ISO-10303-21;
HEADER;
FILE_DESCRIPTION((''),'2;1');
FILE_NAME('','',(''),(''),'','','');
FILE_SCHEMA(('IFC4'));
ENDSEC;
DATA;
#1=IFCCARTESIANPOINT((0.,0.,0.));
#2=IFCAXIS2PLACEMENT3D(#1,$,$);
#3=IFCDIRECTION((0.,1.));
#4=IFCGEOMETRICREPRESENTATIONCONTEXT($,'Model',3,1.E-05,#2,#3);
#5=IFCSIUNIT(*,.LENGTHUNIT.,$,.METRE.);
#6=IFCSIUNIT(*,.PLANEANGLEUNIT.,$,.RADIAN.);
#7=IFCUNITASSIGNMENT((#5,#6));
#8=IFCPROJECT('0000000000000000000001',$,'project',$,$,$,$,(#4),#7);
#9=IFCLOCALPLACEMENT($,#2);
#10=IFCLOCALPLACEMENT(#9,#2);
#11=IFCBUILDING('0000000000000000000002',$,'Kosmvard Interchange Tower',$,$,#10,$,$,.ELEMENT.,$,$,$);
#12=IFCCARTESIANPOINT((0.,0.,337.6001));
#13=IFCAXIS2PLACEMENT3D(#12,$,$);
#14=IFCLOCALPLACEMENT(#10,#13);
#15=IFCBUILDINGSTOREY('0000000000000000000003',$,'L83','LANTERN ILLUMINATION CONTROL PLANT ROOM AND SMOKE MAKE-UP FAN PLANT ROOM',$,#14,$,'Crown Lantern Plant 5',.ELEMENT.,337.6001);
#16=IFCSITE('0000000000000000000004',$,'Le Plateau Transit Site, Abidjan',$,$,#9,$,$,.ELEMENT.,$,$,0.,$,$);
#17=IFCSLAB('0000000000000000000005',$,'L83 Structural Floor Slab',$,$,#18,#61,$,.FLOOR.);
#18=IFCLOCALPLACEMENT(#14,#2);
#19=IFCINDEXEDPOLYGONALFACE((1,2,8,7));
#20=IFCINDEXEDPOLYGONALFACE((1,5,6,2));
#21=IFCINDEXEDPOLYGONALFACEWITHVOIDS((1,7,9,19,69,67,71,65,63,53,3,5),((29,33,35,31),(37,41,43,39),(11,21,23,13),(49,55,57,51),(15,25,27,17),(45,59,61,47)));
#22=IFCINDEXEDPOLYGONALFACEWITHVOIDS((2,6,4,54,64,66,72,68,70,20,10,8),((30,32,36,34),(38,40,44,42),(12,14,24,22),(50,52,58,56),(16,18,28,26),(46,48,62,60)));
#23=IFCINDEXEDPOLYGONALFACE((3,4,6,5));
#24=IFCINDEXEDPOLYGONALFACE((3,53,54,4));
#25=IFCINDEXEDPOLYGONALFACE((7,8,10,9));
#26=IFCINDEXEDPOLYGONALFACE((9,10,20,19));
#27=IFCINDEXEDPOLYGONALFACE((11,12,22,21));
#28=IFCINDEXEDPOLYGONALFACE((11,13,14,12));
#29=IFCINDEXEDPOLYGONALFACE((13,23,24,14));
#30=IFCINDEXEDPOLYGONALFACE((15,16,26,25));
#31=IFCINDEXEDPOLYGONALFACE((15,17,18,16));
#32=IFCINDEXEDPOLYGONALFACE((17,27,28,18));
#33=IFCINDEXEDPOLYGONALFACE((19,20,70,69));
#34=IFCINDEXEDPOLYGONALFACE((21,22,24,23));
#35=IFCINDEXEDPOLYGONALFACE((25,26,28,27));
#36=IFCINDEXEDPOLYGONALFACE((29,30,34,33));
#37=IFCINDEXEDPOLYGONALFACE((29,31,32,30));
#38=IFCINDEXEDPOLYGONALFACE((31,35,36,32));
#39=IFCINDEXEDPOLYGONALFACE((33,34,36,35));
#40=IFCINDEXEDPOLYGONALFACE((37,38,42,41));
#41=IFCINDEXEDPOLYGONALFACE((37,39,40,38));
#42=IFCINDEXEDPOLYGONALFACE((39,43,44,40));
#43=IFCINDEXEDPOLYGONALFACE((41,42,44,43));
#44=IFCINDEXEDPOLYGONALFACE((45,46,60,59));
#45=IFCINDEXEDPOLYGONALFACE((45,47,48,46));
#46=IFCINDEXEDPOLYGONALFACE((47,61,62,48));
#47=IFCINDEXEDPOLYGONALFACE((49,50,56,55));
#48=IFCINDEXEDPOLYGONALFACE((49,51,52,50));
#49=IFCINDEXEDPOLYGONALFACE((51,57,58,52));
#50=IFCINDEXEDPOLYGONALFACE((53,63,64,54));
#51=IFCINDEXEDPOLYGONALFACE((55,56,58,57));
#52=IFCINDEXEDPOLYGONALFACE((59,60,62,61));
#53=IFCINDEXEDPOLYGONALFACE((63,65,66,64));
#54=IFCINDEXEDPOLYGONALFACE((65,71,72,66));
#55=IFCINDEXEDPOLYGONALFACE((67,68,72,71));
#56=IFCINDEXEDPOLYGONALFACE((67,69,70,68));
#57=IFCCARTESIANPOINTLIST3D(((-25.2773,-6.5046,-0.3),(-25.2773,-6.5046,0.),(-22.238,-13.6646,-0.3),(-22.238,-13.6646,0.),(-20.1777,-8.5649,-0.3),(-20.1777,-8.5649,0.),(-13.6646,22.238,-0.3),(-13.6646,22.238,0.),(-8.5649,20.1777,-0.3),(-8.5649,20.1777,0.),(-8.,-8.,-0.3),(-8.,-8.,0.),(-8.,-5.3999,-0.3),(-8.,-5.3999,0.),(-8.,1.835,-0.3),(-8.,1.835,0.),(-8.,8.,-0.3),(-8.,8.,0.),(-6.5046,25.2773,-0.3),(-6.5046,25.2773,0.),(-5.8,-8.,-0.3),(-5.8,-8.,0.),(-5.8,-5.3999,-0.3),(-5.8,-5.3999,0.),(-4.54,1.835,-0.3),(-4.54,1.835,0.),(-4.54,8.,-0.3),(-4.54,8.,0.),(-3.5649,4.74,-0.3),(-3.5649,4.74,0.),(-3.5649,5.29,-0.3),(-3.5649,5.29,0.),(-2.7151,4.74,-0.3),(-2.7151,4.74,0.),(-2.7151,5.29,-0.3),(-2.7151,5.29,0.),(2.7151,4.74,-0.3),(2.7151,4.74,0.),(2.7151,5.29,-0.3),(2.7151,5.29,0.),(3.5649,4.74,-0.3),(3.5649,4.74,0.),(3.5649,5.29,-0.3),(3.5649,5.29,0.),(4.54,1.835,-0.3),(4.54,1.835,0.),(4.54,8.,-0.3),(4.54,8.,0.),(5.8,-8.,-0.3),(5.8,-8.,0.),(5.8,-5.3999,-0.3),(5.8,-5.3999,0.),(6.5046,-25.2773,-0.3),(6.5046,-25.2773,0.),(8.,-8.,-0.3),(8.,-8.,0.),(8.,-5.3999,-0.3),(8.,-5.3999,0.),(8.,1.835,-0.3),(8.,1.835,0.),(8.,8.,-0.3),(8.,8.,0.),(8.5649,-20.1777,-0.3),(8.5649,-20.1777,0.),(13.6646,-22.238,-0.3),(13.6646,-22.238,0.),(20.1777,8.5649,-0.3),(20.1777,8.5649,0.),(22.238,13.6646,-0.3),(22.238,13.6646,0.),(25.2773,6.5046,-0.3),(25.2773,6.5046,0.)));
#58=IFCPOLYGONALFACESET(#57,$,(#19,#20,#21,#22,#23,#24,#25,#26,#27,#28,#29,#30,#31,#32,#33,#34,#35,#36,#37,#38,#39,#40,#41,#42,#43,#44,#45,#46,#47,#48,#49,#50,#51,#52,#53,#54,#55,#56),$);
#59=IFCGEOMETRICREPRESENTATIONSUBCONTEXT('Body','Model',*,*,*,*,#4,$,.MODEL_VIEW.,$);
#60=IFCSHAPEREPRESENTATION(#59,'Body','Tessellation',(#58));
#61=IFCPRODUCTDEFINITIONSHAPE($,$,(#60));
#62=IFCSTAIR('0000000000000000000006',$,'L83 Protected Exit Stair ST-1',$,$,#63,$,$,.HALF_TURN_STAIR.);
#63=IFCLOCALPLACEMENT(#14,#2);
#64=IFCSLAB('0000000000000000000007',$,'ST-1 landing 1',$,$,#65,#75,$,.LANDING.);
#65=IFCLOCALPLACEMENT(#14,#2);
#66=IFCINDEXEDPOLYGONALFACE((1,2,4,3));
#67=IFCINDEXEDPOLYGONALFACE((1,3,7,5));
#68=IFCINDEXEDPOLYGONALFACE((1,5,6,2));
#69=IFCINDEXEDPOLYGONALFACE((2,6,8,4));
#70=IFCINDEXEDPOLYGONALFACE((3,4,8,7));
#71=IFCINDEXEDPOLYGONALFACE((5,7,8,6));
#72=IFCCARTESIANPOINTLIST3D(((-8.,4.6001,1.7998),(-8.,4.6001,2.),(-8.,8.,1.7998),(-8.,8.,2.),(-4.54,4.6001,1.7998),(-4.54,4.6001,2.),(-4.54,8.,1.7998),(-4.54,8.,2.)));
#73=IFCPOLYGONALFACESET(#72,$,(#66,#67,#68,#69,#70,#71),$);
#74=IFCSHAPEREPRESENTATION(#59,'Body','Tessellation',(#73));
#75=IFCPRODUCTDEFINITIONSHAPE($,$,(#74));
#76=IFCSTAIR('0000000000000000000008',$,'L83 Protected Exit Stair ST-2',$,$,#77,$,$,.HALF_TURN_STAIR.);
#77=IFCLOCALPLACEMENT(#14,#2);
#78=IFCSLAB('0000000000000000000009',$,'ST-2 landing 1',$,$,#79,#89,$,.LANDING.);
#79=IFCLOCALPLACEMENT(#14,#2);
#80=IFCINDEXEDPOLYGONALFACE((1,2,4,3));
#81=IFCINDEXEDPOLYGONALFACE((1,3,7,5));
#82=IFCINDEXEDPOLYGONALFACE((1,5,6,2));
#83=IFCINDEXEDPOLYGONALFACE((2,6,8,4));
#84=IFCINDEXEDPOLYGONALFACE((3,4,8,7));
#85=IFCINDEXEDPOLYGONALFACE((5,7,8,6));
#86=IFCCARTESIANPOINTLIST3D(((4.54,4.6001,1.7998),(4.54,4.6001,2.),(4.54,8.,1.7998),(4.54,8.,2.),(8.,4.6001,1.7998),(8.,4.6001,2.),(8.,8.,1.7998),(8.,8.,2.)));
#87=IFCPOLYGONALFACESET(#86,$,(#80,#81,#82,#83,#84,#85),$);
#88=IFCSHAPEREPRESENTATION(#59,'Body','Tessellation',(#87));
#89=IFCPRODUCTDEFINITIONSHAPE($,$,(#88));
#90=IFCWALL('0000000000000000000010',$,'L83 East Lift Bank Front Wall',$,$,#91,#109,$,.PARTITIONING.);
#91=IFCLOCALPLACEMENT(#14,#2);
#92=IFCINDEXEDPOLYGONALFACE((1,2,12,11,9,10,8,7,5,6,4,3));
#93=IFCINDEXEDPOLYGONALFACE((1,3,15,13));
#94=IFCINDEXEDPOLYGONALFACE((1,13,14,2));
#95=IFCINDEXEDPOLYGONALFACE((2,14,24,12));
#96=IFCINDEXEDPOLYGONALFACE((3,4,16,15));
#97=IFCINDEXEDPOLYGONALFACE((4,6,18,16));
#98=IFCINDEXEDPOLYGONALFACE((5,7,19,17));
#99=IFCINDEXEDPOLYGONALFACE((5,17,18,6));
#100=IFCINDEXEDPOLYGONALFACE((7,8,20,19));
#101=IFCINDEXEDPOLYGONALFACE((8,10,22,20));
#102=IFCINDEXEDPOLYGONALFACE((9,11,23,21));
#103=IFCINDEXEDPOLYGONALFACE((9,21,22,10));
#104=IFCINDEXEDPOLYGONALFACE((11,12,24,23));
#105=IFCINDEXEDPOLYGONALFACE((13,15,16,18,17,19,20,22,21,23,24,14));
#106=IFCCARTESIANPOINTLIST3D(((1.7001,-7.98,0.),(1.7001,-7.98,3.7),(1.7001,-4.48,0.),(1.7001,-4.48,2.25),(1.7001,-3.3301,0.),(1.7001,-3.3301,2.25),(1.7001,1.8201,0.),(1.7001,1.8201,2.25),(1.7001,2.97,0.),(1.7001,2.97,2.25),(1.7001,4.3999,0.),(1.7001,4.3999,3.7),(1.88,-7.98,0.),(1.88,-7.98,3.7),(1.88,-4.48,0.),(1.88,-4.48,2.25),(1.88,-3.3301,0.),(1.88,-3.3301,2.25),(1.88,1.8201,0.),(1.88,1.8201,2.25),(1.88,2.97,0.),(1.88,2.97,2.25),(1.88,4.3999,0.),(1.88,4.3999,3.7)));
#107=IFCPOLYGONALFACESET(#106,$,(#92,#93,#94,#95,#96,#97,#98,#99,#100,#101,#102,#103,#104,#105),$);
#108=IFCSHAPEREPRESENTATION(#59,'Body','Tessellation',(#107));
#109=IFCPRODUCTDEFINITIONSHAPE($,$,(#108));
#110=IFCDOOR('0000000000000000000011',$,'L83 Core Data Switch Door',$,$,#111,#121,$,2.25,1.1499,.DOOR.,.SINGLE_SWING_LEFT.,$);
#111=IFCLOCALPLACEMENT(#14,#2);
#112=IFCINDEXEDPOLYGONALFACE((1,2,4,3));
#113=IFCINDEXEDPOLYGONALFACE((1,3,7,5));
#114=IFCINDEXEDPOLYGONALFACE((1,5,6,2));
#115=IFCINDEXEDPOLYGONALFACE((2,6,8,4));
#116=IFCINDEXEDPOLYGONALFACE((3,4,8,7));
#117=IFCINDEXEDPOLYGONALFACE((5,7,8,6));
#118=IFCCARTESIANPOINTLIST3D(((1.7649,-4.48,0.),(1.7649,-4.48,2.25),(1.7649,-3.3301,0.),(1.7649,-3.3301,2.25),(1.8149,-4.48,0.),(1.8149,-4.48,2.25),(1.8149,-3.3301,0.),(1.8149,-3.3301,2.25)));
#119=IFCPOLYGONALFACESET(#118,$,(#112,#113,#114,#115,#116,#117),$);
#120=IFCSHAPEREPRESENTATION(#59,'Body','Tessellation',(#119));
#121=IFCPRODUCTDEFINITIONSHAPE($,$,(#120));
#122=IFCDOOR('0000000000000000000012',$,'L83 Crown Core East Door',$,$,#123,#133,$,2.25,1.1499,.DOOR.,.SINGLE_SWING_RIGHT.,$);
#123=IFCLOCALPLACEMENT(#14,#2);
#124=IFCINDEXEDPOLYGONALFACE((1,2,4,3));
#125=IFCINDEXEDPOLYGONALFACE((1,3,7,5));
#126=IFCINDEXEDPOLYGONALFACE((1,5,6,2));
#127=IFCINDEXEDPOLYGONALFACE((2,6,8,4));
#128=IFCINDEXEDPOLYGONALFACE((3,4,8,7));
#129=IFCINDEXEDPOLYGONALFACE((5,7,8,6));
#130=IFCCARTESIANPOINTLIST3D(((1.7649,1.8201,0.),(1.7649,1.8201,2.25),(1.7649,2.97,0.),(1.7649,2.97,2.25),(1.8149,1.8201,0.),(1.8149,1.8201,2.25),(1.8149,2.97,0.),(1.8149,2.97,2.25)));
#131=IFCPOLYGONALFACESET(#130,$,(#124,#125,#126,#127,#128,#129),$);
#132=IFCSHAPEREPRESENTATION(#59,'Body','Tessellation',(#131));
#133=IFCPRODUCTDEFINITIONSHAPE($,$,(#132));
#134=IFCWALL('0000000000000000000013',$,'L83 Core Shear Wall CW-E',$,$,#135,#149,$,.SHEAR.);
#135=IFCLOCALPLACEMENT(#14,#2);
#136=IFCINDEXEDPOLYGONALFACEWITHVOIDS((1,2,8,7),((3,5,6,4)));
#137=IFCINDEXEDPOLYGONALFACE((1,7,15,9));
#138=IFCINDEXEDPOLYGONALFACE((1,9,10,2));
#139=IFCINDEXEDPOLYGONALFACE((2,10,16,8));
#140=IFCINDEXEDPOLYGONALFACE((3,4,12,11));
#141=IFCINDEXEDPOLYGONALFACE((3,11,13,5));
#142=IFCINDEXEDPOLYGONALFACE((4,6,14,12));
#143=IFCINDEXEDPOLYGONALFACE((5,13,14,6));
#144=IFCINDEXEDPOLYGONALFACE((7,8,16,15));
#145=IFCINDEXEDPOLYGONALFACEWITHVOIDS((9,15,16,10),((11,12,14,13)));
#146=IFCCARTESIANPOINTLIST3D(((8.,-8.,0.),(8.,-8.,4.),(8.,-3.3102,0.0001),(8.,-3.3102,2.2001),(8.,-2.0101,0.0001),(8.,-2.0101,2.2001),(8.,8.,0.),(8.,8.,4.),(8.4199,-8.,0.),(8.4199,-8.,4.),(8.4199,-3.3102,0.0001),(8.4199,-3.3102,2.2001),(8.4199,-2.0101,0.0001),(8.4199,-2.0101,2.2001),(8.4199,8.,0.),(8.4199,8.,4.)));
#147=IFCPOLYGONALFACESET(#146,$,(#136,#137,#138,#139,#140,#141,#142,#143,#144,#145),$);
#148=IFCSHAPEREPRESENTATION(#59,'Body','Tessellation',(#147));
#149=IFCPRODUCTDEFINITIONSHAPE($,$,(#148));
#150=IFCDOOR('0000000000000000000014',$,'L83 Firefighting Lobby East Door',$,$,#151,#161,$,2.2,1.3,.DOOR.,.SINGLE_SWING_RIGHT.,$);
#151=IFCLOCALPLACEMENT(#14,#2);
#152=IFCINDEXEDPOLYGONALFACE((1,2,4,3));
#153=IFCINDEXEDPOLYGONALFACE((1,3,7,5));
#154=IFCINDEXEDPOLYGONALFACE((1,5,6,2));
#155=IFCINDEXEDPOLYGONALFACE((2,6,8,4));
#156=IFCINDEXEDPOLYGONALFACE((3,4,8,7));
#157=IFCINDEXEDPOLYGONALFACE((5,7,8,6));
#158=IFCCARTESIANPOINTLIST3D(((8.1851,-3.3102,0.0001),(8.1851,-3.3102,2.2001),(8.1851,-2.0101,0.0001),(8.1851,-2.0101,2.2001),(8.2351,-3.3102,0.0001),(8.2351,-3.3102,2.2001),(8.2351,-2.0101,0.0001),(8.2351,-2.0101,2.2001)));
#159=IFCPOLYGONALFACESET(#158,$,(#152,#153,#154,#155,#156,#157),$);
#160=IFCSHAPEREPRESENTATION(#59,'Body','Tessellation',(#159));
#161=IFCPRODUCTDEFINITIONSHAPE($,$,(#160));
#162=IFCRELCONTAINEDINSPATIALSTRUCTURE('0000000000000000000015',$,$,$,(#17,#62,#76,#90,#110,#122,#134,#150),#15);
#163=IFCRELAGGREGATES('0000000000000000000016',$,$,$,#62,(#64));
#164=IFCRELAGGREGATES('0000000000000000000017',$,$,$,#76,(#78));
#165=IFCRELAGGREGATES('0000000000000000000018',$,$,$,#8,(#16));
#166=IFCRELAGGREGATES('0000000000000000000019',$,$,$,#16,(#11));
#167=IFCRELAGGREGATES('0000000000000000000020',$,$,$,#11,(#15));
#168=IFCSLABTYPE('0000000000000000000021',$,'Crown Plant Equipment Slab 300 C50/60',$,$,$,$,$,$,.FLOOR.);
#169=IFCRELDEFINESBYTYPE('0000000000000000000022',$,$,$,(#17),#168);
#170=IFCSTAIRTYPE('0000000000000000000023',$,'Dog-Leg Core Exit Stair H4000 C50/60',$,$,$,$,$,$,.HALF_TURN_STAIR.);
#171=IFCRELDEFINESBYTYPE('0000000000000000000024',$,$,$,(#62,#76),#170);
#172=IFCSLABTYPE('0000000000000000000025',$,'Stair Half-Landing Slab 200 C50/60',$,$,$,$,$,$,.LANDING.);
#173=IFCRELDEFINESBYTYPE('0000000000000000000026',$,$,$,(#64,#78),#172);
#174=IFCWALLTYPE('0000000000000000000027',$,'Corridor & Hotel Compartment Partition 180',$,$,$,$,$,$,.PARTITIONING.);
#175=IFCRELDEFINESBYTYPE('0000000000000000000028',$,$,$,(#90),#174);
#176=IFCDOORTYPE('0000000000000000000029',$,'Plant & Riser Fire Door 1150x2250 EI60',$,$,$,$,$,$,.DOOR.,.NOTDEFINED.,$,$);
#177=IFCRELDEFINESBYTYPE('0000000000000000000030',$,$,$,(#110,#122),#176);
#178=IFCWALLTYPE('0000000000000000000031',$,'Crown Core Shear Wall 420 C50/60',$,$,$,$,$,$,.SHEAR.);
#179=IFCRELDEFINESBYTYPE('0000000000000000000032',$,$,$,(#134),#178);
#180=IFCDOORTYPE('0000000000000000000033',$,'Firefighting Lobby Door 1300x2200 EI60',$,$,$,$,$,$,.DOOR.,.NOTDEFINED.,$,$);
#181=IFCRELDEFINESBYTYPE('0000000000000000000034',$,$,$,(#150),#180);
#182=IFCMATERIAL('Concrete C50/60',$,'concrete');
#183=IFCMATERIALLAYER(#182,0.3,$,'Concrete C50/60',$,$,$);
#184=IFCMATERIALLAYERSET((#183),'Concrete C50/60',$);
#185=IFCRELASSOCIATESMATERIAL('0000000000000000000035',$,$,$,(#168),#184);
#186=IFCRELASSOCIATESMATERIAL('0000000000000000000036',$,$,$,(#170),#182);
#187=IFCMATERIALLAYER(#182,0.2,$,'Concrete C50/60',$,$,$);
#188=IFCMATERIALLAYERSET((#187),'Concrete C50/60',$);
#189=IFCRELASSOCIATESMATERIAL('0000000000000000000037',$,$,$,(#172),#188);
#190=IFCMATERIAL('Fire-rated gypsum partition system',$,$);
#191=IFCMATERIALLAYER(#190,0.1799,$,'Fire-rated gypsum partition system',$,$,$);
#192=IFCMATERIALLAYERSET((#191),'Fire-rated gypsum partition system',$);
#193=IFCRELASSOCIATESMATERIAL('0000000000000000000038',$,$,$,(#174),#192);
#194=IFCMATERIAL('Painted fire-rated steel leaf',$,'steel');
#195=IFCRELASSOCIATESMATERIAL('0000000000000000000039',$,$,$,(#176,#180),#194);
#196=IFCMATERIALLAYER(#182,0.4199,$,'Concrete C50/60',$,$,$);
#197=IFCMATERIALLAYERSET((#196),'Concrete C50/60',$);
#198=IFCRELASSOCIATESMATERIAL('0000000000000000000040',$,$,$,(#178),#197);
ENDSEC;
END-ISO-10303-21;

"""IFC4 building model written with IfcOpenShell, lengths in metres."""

from ifc_helpers import new_model, si_unit, direction, frame, frame_2d, origin, place, context, subcontext, project, spatial, polyline, rectangle, outline, extrude, source, transform, mapped, material, layer, layer_set, type_object, element, fill, aggregate, save


model = new_model("IFC4")

# Units and contexts
model_context = context("Model", 3, precision=1e-05, world=origin(), true_north=direction((0.0, 1.0)))
body_context = subcontext(model_context, "Body", "Model", "MODEL_VIEW")
ifc_project = project(units=[si_unit("LENGTHUNIT", "METRE"), si_unit("PLANEANGLEUNIT", "RADIAN")], contexts=[model_context])

# Site, building, storey
site_placement = place(None, origin())
site = spatial("IfcSite", under=ifc_project, at=site_placement, Name="Le Plateau Transit Site, Abidjan", CompositionType="ELEMENT", RefElevation=0.0)
building_placement = place(site_placement, origin())
building = spatial("IfcBuilding", under=site, at=building_placement, Name="Kosmvard Interchange Tower", CompositionType="ELEMENT")
storey_placement = place(building_placement, frame((0.0, 0.0, 337.6001)))
storey = spatial("IfcBuildingStorey", under=building, at=storey_placement, Name="L83", Description="LANTERN ILLUMINATION CONTROL PLANT ROOM AND SMOKE MAKE-UP FAN PLANT ROOM", LongName="Crown Lantern Plant 5", CompositionType="ELEMENT", Elevation=337.6001)

# Shared definitions
ifc_material_1 = material(Name="Concrete C50/60", Category="concrete")

# Slab
ifc_layer_1 = layer(ifc_material_1, 0.3, Name="Concrete C50/60")
ifc_layer_set_1 = layer_set([ifc_layer_1], Name="Concrete C50/60")
slab_type_1 = type_object("IfcSlabType", Name="Crown Plant Equipment Slab 300 C50/60", PredefinedType="FLOOR", material=ifc_layer_set_1)
slab_1_placement = place(storey_placement, frame((0.0, 0.0, -0.3)))
element("IfcSlab", 1, at=slab_1_placement, inside=storey, type_object=slab_type_1, Name="L83 Structural Floor Slab", PredefinedType="FLOOR", context=body_context, shape_type="SweptSolid", body=[
    extrude(outline(polyline([(13.6646, -22.238), (25.2773, 6.5046), (20.1777, 8.5649), (22.238, 13.6646), (-6.5046, 25.2773), (-8.5649, 20.1777), (-13.6646, 22.238), (-25.2773, -6.5046), (-20.1777, -8.5649), (-22.238, -13.6646), (6.5046, -25.2773), (8.5649, -20.1777), (13.6646, -22.238)]), holes=[polyline([(-8.0, 1.835), (-4.54, 1.835), (-4.54, 8.0), (-8.0, 8.0), (-8.0, 1.835)]), polyline([(4.54, 1.835), (8.0, 1.835), (8.0, 8.0), (4.54, 8.0), (4.54, 1.835)]), polyline([(-8.0, -8.0), (-5.8, -8.0), (-5.8, -5.3999), (-8.0, -5.3999), (-8.0, -8.0)]), polyline([(5.8, -8.0), (8.0, -8.0), (8.0, -5.3999), (5.8, -5.3999), (5.8, -8.0)]), polyline([(-3.5649, 4.74), (-2.7151, 4.74), (-2.7151, 5.29), (-3.5649, 5.29), (-3.5649, 4.74)]), polyline([(2.7151, 4.74), (3.5649, 4.74), (3.5649, 5.29), (2.7151, 5.29), (2.7151, 4.74)])]), origin(), (0.0, 0.0, 1.0), 0.3),
])

# Stairs, slabs
stair_type = type_object("IfcStairType", Name="Dog-Leg Core Exit Stair H4000 C50/60", PredefinedType="HALF_TURN_STAIR", material=ifc_material_1)
stair_1_placement = place(storey_placement, origin())
stair_1 = element("IfcStair", 2, at=stair_1_placement, inside=storey, type_object=stair_type, Name="L83 Protected Exit Stair ST-1", PredefinedType="HALF_TURN_STAIR")
ifc_layer_2 = layer(ifc_material_1, 0.2, Name="Concrete C50/60")
ifc_layer_set_2 = layer_set([ifc_layer_2], Name="Concrete C50/60")
slab_type_2 = type_object("IfcSlabType", Name="Stair Half-Landing Slab 200 C50/60", PredefinedType="LANDING", material=ifc_layer_set_2)
slab_2_placement = place(storey_placement, frame((0.0, 0.0, 1.7998)))
slab_2 = element("IfcSlab", 3, at=slab_2_placement, type_object=slab_type_2, Name="ST-1 landing 1", PredefinedType="LANDING", context=body_context, shape_type="SweptSolid", body=[
    extrude(outline(polyline([(-4.54, 4.6001), (-4.54, 8.0), (-8.0, 8.0), (-8.0, 4.6001), (-4.54, 4.6001)])), origin(), (0.0, 0.0, 1.0), 0.2002),
])
aggregate(stair_1, [slab_2])
stair_2_placement = place(storey_placement, origin())
stair_2 = element("IfcStair", 4, at=stair_2_placement, inside=storey, type_object=stair_type, Name="L83 Protected Exit Stair ST-2", PredefinedType="HALF_TURN_STAIR")
slab_3_placement = place(storey_placement, frame((0.0, 0.0, 1.7998)))
slab_3 = element("IfcSlab", 5, at=slab_3_placement, type_object=slab_type_2, Name="ST-2 landing 1", PredefinedType="LANDING", context=body_context, shape_type="SweptSolid", body=[
    extrude(outline(polyline([(8.0, 4.6001), (8.0, 8.0), (4.54, 8.0), (4.54, 4.6001), (8.0, 4.6001)])), origin(), (0.0, 0.0, 1.0), 0.2002),
])
aggregate(stair_2, [slab_3])

# Wall, openings, doors
ifc_material_2 = material(Name="Fire-rated gypsum partition system")
ifc_layer_3 = layer(ifc_material_2, 0.1799, Name="Fire-rated gypsum partition system")
ifc_layer_set_3 = layer_set([ifc_layer_3], Name="Fire-rated gypsum partition system")
wall_type_1 = type_object("IfcWallType", Name="Corridor & Hotel Compartment Partition 180", PredefinedType="PARTITIONING", material=ifc_layer_set_3)
wall_1_placement = place(storey_placement, frame((1.79, -7.98, 0.0), z_axis=(0.0, 0.0, 1.0), x_axis=(0.0, 1.0, 0.0)))
wall_1 = element("IfcWall", 6, at=wall_1_placement, inside=storey, type_object=wall_type_1, Name="L83 East Lift Bank Front Wall", PredefinedType="PARTITIONING", context=body_context, shape_type="SweptSolid", body=[
    extrude(rectangle(XDim=12.3799, YDim=0.1799, at=frame_2d((6.1899, 0.0))), origin(), (0.0, 0.0, 1.0), 3.7),
])
opening_1_placement = place(wall_1_placement, frame((3.5, 0.0, 0.0)))
opening_1 = element("IfcOpeningElement", 7, at=opening_1_placement, cuts=wall_1, PredefinedType="OPENING", context=body_context, shape_type="SweptSolid", body=[
    extrude(rectangle(XDim=1.1499, YDim=2.25, at=frame_2d((0.575, 1.125))), frame((0.0, 0.1001, 0.0), z_axis=(0.0, -1.0, 0.0), x_axis=(1.0, 0.0, 0.0)), (0.0, 0.0, 1.0), 0.2),
])
opening_2_placement = place(wall_1_placement, frame((9.8, 0.0, 0.0)))
opening_2 = element("IfcOpeningElement", 8, at=opening_2_placement, cuts=wall_1, PredefinedType="OPENING", context=body_context, shape_type="SweptSolid", body=[
    extrude(rectangle(XDim=1.1499, YDim=2.25, at=frame_2d((0.575, 1.125))), frame((0.0, 0.1001, 0.0), z_axis=(0.0, -1.0, 0.0), x_axis=(1.0, 0.0, 0.0)), (0.0, 0.0, 1.0), 0.2),
])
ifc_material_3 = material(Name="Painted fire-rated steel leaf", Category="steel")
door_type_1 = type_object("IfcDoorType", Name="Plant & Riser Fire Door 1150x2250 EI60", OperationType="NOTDEFINED", PredefinedType="DOOR", material=ifc_material_3)
shared_shape_1 = source(origin(), body_context, "Body", "SweptSolid", [
    extrude(rectangle(XDim=1.1499, YDim=2.25, at=frame_2d((0.575, 1.125))), frame((0.0, 0.0249, 0.0), z_axis=(0.0, -1.0, 0.0), x_axis=(1.0, 0.0, 0.0)), (0.0, 0.0, 1.0), 0.05),
])
door_1_placement = place(opening_1_placement, frame((1.1499, 0.0, 0.0), z_axis=(0.0, 0.0, 1.0), x_axis=(-1.0, 0.0, 0.0)))
door_1 = element("IfcDoor", 9, at=door_1_placement, inside=storey, type_object=door_type_1, Name="L83 Core Data Switch Door", OperationType="SINGLE_SWING_LEFT", OverallHeight=2.25, OverallWidth=1.1499, PredefinedType="DOOR", context=body_context, shape_type="MappedRepresentation", body=[
    mapped(shared_shape_1, transform((0.0, 0.0, 0.0), scale=1.0)),
])
fill(opening_1, door_1)
door_2_placement = place(opening_2_placement, frame((1.1499, 0.0, 0.0), z_axis=(0.0, 0.0, 1.0), x_axis=(-1.0, 0.0, 0.0)))
door_2 = element("IfcDoor", 10, at=door_2_placement, inside=storey, type_object=door_type_1, Name="L83 Crown Core East Door", OperationType="SINGLE_SWING_RIGHT", OverallHeight=2.25, OverallWidth=1.1499, PredefinedType="DOOR", context=body_context, shape_type="MappedRepresentation", body=[
    mapped(shared_shape_1, transform((0.0, 0.0, 0.0), scale=1.0)),
])
fill(opening_2, door_2)

# Wall, opening, door
ifc_layer_4 = layer(ifc_material_1, 0.4199, Name="Concrete C50/60")
ifc_layer_set_4 = layer_set([ifc_layer_4], Name="Concrete C50/60")
wall_type_2 = type_object("IfcWallType", Name="Crown Core Shear Wall 420 C50/60", PredefinedType="SHEAR", material=ifc_layer_set_4)
wall_2_placement = place(storey_placement, frame((8.21, -8.0, 0.0), z_axis=(0.0, 0.0, 1.0), x_axis=(0.0, 1.0, 0.0)))
wall_2 = element("IfcWall", 11, at=wall_2_placement, inside=storey, type_object=wall_type_2, Name="L83 Core Shear Wall CW-E", PredefinedType="SHEAR", context=body_context, shape_type="SweptSolid", body=[
    extrude(rectangle(XDim=16.0, YDim=0.4199, at=frame_2d((8.0, 0.0))), origin(), (0.0, 0.0, 1.0), 4.0),
])
opening_3_placement = place(wall_2_placement, frame((4.6899, 0.0, 0.0)))
opening_3 = element("IfcOpeningElement", 12, at=opening_3_placement, cuts=wall_2, PredefinedType="OPENING", context=body_context, shape_type="SweptSolid", body=[
    extrude(rectangle(XDim=1.3, YDim=2.2, at=frame_2d((0.6499, 1.1001))), frame((0.0, 0.22, 0.0), z_axis=(0.0, -1.0, 0.0), x_axis=(1.0, 0.0, 0.0)), (0.0, 0.0, 1.0), 0.4399),
])
door_type_2 = type_object("IfcDoorType", Name="Firefighting Lobby Door 1300x2200 EI60", OperationType="NOTDEFINED", PredefinedType="DOOR", material=ifc_material_3)
shared_shape_2 = source(origin(), body_context, "Body", "SweptSolid", [
    extrude(rectangle(XDim=1.3, YDim=2.2, at=frame_2d((0.6499, 1.1001))), frame((0.0, 0.0249, 0.0), z_axis=(0.0, -1.0, 0.0), x_axis=(1.0, 0.0, 0.0)), (0.0, 0.0, 1.0), 0.05),
])
door_3_placement = place(opening_3_placement, origin())
door_3 = element("IfcDoor", 13, at=door_3_placement, inside=storey, type_object=door_type_2, Name="L83 Firefighting Lobby East Door", OperationType="SINGLE_SWING_RIGHT", OverallHeight=2.2, OverallWidth=1.3, PredefinedType="DOOR", context=body_context, shape_type="MappedRepresentation", body=[
    mapped(shared_shape_2, transform((0.0, 0.0, 0.0), scale=1.0)),
])
fill(opening_3, door_3)

save(model, "model.ifc")
